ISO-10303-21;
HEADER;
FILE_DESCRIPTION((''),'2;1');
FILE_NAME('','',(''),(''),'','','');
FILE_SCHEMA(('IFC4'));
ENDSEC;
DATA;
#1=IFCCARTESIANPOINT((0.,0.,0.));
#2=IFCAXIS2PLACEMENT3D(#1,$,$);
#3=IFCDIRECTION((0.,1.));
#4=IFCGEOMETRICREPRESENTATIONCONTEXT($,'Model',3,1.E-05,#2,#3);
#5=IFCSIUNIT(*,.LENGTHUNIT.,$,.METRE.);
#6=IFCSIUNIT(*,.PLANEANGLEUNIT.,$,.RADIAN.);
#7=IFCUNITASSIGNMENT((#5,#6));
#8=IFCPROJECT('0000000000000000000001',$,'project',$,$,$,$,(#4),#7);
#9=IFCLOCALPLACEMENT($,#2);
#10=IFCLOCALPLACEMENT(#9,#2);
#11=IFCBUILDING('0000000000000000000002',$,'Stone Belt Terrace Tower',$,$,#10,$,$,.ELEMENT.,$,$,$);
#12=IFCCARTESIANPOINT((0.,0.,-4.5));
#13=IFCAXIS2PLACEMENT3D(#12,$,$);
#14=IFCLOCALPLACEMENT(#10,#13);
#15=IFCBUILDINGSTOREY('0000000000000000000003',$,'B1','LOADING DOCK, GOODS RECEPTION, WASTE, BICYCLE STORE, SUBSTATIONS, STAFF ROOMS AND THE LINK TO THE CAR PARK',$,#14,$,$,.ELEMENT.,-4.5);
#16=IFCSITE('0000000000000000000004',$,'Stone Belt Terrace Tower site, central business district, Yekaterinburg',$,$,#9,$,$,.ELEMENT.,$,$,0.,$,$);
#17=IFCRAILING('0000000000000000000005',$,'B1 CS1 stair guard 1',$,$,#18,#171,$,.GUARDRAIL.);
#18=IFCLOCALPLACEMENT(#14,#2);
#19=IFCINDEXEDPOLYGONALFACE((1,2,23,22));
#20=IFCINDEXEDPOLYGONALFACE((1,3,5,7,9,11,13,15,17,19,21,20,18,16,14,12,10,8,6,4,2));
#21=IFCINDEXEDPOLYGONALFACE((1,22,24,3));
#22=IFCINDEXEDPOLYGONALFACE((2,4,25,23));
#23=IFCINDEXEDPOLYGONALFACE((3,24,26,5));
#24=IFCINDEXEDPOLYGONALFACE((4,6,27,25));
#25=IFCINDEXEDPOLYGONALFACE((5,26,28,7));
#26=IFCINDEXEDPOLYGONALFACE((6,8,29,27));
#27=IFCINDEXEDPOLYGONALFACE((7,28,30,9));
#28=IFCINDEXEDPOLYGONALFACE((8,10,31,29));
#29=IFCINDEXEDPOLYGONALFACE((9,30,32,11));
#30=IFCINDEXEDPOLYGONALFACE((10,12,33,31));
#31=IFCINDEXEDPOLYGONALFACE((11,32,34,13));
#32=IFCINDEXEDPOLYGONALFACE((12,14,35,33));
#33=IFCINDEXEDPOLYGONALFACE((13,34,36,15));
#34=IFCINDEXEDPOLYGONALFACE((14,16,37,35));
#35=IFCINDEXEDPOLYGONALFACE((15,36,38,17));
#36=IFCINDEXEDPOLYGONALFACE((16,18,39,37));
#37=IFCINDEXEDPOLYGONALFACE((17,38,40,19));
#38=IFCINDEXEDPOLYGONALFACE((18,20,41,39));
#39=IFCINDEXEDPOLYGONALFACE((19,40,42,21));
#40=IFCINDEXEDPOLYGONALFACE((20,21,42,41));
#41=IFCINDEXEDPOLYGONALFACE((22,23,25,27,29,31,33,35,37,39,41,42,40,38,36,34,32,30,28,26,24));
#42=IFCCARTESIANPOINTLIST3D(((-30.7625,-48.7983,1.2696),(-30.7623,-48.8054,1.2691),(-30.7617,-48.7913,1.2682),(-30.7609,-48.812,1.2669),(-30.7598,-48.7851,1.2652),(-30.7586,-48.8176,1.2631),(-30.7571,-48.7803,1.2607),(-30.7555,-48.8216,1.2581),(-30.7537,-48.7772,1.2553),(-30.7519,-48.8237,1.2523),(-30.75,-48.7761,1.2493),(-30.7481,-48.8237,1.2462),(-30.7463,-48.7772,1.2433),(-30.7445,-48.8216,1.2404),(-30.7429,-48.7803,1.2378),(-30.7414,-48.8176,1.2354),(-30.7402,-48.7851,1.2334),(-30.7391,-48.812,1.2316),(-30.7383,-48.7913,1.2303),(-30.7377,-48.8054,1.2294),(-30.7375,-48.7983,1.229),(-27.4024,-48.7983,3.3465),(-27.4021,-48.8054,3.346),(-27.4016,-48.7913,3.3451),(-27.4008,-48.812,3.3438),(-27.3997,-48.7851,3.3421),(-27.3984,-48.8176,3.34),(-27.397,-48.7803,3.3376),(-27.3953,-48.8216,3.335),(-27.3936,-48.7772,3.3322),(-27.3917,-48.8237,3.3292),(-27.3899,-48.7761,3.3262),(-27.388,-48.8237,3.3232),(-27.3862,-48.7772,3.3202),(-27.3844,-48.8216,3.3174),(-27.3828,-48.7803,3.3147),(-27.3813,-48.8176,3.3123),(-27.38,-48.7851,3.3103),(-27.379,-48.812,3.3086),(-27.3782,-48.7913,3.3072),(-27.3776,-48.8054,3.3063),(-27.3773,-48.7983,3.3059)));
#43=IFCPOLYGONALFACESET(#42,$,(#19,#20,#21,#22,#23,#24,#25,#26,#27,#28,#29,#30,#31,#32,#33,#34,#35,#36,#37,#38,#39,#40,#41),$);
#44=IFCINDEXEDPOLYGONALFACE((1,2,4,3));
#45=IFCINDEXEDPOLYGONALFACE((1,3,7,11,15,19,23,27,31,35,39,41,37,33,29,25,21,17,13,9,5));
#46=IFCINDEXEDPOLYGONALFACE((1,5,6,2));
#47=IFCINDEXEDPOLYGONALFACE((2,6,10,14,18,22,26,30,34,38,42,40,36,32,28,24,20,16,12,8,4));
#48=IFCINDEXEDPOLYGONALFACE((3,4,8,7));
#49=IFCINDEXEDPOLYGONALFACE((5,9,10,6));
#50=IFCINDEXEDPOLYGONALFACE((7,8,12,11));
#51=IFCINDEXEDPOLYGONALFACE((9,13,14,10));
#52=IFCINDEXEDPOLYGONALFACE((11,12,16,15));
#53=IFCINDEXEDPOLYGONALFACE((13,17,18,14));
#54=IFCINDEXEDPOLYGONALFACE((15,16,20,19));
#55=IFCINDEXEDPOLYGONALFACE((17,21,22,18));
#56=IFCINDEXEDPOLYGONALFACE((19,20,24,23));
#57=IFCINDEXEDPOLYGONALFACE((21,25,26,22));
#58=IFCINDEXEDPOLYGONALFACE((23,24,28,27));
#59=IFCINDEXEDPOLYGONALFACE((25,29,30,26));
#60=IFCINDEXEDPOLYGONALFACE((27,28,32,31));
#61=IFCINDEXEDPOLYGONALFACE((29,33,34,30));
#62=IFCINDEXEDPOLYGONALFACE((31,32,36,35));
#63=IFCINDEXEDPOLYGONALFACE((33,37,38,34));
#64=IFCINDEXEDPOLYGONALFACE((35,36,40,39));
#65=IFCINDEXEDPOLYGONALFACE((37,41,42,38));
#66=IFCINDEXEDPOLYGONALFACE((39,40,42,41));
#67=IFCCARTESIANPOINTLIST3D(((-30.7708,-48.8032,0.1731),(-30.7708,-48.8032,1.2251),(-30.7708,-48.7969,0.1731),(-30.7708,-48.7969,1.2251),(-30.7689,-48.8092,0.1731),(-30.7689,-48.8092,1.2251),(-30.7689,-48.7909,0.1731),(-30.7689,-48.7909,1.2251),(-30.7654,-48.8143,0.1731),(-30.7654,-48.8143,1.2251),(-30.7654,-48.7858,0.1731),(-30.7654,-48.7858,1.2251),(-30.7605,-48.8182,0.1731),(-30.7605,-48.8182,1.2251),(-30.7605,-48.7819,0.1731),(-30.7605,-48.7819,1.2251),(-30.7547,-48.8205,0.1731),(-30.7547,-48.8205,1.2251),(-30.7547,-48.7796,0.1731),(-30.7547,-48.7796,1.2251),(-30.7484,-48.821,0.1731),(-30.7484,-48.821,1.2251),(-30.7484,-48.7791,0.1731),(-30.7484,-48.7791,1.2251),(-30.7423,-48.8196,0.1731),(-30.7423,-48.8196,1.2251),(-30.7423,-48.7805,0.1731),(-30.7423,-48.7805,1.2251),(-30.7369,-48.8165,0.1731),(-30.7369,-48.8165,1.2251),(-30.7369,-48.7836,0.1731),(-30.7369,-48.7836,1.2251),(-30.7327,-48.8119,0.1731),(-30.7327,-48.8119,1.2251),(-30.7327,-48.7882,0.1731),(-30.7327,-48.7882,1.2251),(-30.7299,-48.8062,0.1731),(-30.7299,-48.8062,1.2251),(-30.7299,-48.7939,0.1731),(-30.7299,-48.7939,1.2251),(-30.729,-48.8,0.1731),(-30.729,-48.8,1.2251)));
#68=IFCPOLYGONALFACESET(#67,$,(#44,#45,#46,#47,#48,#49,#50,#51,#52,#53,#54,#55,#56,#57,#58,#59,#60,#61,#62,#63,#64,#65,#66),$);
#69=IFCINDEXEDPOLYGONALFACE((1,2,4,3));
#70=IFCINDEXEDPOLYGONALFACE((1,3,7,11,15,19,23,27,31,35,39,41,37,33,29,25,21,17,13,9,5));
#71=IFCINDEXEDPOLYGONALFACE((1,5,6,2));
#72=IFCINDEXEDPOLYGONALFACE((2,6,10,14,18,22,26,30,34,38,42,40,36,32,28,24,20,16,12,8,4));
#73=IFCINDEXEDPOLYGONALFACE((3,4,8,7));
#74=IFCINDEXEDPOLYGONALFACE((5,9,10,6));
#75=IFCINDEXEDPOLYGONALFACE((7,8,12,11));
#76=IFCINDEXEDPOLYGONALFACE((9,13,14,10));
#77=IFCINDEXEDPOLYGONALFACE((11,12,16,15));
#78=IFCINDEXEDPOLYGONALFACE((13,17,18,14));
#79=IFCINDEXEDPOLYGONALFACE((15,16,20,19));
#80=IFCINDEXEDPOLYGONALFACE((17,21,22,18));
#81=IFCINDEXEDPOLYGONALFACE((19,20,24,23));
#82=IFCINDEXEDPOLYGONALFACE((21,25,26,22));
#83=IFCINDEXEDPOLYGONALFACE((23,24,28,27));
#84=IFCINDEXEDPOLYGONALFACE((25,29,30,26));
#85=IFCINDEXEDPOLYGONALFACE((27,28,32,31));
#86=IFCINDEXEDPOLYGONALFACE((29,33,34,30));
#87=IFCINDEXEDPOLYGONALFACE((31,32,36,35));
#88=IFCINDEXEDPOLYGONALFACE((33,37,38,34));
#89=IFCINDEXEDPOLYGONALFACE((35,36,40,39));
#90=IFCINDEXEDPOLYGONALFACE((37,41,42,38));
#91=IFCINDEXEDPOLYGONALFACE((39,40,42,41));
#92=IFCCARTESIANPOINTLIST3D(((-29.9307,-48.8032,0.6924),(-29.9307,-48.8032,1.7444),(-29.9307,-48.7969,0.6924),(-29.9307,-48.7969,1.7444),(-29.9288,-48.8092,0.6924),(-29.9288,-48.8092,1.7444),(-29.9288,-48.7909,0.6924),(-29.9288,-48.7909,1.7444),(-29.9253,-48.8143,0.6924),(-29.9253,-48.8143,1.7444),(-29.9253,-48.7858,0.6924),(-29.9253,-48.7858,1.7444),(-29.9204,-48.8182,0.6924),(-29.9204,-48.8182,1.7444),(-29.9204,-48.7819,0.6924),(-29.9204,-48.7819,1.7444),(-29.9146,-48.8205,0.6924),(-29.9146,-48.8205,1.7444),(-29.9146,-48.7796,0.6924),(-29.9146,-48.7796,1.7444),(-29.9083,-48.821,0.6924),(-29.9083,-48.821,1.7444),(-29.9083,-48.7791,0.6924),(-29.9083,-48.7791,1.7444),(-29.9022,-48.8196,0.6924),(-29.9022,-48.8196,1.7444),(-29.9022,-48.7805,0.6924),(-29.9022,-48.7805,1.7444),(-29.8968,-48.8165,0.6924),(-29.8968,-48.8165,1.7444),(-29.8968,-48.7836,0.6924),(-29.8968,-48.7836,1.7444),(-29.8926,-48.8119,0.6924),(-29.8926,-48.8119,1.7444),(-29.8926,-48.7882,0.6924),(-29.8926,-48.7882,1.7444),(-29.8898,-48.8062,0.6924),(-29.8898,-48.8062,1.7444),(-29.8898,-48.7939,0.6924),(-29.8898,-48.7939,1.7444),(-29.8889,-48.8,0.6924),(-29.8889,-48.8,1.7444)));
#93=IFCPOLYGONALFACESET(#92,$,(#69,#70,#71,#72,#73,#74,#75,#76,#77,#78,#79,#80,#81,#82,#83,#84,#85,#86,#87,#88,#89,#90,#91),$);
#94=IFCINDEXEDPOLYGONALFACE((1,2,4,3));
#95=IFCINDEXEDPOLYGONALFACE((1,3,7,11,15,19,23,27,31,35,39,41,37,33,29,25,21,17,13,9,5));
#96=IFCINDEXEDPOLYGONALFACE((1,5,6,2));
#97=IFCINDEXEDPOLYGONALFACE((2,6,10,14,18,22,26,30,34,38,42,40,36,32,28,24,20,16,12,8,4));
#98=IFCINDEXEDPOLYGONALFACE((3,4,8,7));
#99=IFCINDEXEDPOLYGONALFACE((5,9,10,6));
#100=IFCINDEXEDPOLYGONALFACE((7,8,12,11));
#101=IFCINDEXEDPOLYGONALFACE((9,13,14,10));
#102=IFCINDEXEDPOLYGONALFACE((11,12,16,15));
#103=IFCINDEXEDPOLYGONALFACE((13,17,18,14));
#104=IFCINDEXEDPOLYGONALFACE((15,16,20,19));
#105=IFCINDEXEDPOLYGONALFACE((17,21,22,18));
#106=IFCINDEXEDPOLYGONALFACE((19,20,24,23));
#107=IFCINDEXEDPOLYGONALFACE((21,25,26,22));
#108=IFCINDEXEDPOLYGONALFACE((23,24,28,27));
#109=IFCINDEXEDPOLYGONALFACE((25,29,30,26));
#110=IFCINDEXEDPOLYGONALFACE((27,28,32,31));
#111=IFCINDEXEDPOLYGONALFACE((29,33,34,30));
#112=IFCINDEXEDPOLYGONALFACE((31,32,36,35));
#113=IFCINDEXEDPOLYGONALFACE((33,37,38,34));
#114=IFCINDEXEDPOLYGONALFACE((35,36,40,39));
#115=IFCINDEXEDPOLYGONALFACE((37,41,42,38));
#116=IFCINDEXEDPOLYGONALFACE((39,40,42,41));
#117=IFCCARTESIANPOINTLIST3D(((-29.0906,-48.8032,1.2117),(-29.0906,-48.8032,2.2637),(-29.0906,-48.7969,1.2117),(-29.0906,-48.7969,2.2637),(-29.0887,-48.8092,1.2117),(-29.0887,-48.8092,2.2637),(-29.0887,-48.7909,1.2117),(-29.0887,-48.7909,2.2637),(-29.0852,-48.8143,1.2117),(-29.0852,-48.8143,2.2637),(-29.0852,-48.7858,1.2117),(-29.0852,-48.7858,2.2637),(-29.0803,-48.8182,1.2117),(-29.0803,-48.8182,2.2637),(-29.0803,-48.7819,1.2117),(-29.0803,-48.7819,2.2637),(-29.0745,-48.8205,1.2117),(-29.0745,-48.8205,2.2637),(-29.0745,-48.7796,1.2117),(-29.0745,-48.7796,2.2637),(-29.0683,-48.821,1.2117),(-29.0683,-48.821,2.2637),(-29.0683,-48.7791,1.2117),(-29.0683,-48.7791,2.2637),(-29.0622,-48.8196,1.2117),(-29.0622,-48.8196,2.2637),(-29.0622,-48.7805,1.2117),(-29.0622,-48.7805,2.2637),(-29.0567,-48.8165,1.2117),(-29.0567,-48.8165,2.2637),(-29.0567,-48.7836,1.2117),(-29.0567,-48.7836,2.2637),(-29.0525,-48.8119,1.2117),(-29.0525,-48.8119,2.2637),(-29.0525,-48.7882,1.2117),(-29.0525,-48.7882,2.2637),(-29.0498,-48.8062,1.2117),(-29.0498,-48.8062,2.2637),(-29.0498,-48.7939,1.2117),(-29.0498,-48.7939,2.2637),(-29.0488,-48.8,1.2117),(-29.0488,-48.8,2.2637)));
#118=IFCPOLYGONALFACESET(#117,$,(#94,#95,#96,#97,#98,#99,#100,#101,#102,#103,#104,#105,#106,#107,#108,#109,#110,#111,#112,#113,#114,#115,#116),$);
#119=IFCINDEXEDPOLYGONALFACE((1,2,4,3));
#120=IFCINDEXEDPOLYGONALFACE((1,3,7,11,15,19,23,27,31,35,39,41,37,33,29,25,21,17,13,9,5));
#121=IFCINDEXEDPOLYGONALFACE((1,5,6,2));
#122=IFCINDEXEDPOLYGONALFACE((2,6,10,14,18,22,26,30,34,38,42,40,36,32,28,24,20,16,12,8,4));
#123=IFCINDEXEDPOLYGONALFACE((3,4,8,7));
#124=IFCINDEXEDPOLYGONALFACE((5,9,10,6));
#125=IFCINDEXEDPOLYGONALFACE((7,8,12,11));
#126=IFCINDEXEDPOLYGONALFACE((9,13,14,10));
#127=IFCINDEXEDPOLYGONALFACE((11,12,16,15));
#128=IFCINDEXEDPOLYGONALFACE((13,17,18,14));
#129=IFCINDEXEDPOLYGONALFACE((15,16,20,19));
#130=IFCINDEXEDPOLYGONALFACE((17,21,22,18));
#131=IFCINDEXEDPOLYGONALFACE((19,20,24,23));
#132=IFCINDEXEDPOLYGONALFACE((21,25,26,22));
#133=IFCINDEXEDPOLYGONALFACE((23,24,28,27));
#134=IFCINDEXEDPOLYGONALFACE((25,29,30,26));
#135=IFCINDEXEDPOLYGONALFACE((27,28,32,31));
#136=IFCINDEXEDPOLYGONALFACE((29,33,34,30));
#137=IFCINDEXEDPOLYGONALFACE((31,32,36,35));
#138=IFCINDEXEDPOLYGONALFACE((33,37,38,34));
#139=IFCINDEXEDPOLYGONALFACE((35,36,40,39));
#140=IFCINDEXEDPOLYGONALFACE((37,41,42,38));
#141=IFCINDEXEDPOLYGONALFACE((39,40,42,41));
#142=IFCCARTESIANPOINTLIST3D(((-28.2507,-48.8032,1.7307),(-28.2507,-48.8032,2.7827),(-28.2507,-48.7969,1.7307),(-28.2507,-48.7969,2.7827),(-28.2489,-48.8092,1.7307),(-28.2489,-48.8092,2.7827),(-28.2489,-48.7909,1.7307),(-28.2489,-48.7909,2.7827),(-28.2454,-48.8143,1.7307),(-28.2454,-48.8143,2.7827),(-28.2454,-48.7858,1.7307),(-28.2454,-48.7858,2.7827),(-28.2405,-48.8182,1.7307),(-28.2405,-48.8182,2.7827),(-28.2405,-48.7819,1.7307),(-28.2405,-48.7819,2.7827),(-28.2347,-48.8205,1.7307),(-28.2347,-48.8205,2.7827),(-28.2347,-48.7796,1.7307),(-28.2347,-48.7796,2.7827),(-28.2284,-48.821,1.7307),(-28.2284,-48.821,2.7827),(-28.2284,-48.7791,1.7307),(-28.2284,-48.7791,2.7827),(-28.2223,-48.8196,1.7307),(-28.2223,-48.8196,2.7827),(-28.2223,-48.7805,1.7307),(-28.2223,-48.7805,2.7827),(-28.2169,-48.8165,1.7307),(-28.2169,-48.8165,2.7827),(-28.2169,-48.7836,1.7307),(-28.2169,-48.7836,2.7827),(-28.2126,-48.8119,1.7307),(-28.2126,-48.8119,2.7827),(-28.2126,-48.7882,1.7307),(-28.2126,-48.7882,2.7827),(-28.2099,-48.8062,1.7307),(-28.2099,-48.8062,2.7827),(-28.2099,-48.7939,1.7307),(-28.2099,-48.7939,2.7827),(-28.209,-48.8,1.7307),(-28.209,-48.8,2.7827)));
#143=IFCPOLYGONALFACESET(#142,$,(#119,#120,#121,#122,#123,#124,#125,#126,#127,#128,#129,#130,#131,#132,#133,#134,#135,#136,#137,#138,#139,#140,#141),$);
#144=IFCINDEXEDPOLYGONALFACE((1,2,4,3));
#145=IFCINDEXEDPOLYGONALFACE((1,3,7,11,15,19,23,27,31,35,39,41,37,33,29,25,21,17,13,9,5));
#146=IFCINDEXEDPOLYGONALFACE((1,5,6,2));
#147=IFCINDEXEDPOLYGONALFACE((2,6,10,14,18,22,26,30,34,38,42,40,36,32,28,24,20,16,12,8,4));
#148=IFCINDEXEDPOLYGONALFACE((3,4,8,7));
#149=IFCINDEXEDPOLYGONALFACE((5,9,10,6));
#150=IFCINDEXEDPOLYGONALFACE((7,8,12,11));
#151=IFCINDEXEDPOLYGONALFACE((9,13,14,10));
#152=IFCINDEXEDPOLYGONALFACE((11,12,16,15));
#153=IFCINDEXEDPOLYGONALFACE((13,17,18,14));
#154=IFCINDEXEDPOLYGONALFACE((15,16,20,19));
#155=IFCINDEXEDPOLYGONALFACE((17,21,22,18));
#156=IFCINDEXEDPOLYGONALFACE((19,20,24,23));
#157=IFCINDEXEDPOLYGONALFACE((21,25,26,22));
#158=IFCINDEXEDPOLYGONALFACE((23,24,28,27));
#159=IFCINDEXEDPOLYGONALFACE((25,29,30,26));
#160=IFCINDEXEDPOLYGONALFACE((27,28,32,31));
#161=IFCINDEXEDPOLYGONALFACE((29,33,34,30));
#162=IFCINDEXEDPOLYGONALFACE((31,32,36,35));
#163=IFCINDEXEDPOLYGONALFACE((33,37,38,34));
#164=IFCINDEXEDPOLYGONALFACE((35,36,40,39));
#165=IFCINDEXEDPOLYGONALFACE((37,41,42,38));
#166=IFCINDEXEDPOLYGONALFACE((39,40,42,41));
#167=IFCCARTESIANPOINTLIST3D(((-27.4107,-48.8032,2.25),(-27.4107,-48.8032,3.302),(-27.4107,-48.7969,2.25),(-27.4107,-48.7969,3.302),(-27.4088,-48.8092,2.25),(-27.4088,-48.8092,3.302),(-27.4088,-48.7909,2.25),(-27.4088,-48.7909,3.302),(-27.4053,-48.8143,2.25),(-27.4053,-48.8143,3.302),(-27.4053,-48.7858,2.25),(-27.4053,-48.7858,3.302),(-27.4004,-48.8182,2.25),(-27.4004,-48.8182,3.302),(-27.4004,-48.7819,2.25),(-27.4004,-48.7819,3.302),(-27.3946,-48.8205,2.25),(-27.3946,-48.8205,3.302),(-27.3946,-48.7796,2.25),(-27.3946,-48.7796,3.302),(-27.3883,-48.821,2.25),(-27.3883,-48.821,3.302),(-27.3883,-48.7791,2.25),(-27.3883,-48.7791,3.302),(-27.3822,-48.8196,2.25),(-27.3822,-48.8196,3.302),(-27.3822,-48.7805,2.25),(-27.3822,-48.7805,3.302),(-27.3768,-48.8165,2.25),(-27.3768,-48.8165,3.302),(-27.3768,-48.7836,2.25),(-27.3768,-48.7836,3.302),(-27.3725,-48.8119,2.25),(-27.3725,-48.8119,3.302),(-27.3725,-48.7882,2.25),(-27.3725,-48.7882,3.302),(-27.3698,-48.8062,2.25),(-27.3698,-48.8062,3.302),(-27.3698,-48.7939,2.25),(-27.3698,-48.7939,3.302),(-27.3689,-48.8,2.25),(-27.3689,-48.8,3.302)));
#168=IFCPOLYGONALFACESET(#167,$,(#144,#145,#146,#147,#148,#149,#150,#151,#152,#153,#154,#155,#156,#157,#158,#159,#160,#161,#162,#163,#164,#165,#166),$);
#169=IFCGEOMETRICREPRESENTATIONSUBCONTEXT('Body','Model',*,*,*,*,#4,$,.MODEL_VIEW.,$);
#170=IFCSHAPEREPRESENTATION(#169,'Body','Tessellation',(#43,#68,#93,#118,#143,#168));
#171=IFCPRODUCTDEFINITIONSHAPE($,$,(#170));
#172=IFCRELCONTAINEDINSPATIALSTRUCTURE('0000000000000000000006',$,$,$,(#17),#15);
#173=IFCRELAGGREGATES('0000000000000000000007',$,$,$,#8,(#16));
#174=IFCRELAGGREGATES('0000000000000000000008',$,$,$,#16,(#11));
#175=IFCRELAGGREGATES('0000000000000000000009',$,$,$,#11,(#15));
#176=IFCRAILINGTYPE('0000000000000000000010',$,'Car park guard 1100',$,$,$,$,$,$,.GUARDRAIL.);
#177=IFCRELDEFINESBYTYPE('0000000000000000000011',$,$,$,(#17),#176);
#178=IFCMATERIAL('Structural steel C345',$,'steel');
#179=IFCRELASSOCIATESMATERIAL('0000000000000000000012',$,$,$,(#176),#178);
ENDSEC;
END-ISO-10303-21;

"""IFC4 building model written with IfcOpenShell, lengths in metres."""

from ifc_helpers import new_model, si_unit, direction, frame, origin, origin_2d, place, context, subcontext, project, spatial, circle, extrude, material, type_object, element, save


model = new_model("IFC4")

# Units and contexts
model_context = context("Model", 3, precision=1e-05, world=origin(), true_north=direction((0.0, 1.0)))
body_context = subcontext(model_context, "Body", "Model", "MODEL_VIEW")
ifc_project = project(units=[si_unit("LENGTHUNIT", "METRE"), si_unit("PLANEANGLEUNIT", "RADIAN")], contexts=[model_context])

# Site, building, storey
site_placement = place(None, origin())
site = spatial("IfcSite", under=ifc_project, at=site_placement, Name="Stone Belt Terrace Tower site, central business district, Yekaterinburg", CompositionType="ELEMENT", RefElevation=0.0)
building_placement = place(site_placement, origin())
building = spatial("IfcBuilding", under=site, at=building_placement, Name="Stone Belt Terrace Tower", CompositionType="ELEMENT")
storey_placement = place(building_placement, frame((0.0, 0.0, -4.5)))
storey = spatial("IfcBuildingStorey", under=building, at=storey_placement, Name="B1", Description="LOADING DOCK, GOODS RECEPTION, WASTE, BICYCLE STORE, SUBSTATIONS, STAFF ROOMS AND THE LINK TO THE CAR PARK", CompositionType="ELEMENT", Elevation=-4.5)

# Railing
ifc_material_1 = material(Name="Structural steel C345", Category="steel")
railing_type_1 = type_object("IfcRailingType", Name="Car park guard 1100", PredefinedType="GUARDRAIL", material=ifc_material_1)
railing_1_placement = place(storey_placement, frame((-30.75, -48.8, 0.1731)))
element("IfcRailing", 1, at=railing_1_placement, inside=storey, type_object=railing_type_1, Name="B1 CS1 stair guard 1", PredefinedType="GUARDRAIL", context=body_context, shape_type="SweptSolid", body=[
    extrude(circle(Radius=0.0239, at=origin_2d()), frame((0.0, 0.0, 1.0762), z_axis=(0.850623, 0.0, 0.525776), x_axis=(0.0, 1.0, 0.0)), (0.0, 0.0, 1.0), 3.9502),
    extrude(circle(Radius=0.021, at=origin_2d()), origin(), (0.0, 0.0, 1.0), 1.052),
    extrude(circle(Radius=0.021, at=origin_2d()), frame((0.8401, 0.0, 0.5193)), (0.0, 0.0, 1.0), 1.052),
    extrude(circle(Radius=0.021, at=origin_2d()), frame((1.6802, 0.0, 1.0386)), (0.0, 0.0, 1.0), 1.052),
    extrude(circle(Radius=0.021, at=origin_2d()), frame((2.52, 0.0, 1.5576)), (0.0, 0.0, 1.0), 1.052),
    extrude(circle(Radius=0.021, at=origin_2d()), frame((3.3601, 0.0, 2.0769)), (0.0, 0.0, 1.0), 1.052),
])

save(model, "model.ifc")
